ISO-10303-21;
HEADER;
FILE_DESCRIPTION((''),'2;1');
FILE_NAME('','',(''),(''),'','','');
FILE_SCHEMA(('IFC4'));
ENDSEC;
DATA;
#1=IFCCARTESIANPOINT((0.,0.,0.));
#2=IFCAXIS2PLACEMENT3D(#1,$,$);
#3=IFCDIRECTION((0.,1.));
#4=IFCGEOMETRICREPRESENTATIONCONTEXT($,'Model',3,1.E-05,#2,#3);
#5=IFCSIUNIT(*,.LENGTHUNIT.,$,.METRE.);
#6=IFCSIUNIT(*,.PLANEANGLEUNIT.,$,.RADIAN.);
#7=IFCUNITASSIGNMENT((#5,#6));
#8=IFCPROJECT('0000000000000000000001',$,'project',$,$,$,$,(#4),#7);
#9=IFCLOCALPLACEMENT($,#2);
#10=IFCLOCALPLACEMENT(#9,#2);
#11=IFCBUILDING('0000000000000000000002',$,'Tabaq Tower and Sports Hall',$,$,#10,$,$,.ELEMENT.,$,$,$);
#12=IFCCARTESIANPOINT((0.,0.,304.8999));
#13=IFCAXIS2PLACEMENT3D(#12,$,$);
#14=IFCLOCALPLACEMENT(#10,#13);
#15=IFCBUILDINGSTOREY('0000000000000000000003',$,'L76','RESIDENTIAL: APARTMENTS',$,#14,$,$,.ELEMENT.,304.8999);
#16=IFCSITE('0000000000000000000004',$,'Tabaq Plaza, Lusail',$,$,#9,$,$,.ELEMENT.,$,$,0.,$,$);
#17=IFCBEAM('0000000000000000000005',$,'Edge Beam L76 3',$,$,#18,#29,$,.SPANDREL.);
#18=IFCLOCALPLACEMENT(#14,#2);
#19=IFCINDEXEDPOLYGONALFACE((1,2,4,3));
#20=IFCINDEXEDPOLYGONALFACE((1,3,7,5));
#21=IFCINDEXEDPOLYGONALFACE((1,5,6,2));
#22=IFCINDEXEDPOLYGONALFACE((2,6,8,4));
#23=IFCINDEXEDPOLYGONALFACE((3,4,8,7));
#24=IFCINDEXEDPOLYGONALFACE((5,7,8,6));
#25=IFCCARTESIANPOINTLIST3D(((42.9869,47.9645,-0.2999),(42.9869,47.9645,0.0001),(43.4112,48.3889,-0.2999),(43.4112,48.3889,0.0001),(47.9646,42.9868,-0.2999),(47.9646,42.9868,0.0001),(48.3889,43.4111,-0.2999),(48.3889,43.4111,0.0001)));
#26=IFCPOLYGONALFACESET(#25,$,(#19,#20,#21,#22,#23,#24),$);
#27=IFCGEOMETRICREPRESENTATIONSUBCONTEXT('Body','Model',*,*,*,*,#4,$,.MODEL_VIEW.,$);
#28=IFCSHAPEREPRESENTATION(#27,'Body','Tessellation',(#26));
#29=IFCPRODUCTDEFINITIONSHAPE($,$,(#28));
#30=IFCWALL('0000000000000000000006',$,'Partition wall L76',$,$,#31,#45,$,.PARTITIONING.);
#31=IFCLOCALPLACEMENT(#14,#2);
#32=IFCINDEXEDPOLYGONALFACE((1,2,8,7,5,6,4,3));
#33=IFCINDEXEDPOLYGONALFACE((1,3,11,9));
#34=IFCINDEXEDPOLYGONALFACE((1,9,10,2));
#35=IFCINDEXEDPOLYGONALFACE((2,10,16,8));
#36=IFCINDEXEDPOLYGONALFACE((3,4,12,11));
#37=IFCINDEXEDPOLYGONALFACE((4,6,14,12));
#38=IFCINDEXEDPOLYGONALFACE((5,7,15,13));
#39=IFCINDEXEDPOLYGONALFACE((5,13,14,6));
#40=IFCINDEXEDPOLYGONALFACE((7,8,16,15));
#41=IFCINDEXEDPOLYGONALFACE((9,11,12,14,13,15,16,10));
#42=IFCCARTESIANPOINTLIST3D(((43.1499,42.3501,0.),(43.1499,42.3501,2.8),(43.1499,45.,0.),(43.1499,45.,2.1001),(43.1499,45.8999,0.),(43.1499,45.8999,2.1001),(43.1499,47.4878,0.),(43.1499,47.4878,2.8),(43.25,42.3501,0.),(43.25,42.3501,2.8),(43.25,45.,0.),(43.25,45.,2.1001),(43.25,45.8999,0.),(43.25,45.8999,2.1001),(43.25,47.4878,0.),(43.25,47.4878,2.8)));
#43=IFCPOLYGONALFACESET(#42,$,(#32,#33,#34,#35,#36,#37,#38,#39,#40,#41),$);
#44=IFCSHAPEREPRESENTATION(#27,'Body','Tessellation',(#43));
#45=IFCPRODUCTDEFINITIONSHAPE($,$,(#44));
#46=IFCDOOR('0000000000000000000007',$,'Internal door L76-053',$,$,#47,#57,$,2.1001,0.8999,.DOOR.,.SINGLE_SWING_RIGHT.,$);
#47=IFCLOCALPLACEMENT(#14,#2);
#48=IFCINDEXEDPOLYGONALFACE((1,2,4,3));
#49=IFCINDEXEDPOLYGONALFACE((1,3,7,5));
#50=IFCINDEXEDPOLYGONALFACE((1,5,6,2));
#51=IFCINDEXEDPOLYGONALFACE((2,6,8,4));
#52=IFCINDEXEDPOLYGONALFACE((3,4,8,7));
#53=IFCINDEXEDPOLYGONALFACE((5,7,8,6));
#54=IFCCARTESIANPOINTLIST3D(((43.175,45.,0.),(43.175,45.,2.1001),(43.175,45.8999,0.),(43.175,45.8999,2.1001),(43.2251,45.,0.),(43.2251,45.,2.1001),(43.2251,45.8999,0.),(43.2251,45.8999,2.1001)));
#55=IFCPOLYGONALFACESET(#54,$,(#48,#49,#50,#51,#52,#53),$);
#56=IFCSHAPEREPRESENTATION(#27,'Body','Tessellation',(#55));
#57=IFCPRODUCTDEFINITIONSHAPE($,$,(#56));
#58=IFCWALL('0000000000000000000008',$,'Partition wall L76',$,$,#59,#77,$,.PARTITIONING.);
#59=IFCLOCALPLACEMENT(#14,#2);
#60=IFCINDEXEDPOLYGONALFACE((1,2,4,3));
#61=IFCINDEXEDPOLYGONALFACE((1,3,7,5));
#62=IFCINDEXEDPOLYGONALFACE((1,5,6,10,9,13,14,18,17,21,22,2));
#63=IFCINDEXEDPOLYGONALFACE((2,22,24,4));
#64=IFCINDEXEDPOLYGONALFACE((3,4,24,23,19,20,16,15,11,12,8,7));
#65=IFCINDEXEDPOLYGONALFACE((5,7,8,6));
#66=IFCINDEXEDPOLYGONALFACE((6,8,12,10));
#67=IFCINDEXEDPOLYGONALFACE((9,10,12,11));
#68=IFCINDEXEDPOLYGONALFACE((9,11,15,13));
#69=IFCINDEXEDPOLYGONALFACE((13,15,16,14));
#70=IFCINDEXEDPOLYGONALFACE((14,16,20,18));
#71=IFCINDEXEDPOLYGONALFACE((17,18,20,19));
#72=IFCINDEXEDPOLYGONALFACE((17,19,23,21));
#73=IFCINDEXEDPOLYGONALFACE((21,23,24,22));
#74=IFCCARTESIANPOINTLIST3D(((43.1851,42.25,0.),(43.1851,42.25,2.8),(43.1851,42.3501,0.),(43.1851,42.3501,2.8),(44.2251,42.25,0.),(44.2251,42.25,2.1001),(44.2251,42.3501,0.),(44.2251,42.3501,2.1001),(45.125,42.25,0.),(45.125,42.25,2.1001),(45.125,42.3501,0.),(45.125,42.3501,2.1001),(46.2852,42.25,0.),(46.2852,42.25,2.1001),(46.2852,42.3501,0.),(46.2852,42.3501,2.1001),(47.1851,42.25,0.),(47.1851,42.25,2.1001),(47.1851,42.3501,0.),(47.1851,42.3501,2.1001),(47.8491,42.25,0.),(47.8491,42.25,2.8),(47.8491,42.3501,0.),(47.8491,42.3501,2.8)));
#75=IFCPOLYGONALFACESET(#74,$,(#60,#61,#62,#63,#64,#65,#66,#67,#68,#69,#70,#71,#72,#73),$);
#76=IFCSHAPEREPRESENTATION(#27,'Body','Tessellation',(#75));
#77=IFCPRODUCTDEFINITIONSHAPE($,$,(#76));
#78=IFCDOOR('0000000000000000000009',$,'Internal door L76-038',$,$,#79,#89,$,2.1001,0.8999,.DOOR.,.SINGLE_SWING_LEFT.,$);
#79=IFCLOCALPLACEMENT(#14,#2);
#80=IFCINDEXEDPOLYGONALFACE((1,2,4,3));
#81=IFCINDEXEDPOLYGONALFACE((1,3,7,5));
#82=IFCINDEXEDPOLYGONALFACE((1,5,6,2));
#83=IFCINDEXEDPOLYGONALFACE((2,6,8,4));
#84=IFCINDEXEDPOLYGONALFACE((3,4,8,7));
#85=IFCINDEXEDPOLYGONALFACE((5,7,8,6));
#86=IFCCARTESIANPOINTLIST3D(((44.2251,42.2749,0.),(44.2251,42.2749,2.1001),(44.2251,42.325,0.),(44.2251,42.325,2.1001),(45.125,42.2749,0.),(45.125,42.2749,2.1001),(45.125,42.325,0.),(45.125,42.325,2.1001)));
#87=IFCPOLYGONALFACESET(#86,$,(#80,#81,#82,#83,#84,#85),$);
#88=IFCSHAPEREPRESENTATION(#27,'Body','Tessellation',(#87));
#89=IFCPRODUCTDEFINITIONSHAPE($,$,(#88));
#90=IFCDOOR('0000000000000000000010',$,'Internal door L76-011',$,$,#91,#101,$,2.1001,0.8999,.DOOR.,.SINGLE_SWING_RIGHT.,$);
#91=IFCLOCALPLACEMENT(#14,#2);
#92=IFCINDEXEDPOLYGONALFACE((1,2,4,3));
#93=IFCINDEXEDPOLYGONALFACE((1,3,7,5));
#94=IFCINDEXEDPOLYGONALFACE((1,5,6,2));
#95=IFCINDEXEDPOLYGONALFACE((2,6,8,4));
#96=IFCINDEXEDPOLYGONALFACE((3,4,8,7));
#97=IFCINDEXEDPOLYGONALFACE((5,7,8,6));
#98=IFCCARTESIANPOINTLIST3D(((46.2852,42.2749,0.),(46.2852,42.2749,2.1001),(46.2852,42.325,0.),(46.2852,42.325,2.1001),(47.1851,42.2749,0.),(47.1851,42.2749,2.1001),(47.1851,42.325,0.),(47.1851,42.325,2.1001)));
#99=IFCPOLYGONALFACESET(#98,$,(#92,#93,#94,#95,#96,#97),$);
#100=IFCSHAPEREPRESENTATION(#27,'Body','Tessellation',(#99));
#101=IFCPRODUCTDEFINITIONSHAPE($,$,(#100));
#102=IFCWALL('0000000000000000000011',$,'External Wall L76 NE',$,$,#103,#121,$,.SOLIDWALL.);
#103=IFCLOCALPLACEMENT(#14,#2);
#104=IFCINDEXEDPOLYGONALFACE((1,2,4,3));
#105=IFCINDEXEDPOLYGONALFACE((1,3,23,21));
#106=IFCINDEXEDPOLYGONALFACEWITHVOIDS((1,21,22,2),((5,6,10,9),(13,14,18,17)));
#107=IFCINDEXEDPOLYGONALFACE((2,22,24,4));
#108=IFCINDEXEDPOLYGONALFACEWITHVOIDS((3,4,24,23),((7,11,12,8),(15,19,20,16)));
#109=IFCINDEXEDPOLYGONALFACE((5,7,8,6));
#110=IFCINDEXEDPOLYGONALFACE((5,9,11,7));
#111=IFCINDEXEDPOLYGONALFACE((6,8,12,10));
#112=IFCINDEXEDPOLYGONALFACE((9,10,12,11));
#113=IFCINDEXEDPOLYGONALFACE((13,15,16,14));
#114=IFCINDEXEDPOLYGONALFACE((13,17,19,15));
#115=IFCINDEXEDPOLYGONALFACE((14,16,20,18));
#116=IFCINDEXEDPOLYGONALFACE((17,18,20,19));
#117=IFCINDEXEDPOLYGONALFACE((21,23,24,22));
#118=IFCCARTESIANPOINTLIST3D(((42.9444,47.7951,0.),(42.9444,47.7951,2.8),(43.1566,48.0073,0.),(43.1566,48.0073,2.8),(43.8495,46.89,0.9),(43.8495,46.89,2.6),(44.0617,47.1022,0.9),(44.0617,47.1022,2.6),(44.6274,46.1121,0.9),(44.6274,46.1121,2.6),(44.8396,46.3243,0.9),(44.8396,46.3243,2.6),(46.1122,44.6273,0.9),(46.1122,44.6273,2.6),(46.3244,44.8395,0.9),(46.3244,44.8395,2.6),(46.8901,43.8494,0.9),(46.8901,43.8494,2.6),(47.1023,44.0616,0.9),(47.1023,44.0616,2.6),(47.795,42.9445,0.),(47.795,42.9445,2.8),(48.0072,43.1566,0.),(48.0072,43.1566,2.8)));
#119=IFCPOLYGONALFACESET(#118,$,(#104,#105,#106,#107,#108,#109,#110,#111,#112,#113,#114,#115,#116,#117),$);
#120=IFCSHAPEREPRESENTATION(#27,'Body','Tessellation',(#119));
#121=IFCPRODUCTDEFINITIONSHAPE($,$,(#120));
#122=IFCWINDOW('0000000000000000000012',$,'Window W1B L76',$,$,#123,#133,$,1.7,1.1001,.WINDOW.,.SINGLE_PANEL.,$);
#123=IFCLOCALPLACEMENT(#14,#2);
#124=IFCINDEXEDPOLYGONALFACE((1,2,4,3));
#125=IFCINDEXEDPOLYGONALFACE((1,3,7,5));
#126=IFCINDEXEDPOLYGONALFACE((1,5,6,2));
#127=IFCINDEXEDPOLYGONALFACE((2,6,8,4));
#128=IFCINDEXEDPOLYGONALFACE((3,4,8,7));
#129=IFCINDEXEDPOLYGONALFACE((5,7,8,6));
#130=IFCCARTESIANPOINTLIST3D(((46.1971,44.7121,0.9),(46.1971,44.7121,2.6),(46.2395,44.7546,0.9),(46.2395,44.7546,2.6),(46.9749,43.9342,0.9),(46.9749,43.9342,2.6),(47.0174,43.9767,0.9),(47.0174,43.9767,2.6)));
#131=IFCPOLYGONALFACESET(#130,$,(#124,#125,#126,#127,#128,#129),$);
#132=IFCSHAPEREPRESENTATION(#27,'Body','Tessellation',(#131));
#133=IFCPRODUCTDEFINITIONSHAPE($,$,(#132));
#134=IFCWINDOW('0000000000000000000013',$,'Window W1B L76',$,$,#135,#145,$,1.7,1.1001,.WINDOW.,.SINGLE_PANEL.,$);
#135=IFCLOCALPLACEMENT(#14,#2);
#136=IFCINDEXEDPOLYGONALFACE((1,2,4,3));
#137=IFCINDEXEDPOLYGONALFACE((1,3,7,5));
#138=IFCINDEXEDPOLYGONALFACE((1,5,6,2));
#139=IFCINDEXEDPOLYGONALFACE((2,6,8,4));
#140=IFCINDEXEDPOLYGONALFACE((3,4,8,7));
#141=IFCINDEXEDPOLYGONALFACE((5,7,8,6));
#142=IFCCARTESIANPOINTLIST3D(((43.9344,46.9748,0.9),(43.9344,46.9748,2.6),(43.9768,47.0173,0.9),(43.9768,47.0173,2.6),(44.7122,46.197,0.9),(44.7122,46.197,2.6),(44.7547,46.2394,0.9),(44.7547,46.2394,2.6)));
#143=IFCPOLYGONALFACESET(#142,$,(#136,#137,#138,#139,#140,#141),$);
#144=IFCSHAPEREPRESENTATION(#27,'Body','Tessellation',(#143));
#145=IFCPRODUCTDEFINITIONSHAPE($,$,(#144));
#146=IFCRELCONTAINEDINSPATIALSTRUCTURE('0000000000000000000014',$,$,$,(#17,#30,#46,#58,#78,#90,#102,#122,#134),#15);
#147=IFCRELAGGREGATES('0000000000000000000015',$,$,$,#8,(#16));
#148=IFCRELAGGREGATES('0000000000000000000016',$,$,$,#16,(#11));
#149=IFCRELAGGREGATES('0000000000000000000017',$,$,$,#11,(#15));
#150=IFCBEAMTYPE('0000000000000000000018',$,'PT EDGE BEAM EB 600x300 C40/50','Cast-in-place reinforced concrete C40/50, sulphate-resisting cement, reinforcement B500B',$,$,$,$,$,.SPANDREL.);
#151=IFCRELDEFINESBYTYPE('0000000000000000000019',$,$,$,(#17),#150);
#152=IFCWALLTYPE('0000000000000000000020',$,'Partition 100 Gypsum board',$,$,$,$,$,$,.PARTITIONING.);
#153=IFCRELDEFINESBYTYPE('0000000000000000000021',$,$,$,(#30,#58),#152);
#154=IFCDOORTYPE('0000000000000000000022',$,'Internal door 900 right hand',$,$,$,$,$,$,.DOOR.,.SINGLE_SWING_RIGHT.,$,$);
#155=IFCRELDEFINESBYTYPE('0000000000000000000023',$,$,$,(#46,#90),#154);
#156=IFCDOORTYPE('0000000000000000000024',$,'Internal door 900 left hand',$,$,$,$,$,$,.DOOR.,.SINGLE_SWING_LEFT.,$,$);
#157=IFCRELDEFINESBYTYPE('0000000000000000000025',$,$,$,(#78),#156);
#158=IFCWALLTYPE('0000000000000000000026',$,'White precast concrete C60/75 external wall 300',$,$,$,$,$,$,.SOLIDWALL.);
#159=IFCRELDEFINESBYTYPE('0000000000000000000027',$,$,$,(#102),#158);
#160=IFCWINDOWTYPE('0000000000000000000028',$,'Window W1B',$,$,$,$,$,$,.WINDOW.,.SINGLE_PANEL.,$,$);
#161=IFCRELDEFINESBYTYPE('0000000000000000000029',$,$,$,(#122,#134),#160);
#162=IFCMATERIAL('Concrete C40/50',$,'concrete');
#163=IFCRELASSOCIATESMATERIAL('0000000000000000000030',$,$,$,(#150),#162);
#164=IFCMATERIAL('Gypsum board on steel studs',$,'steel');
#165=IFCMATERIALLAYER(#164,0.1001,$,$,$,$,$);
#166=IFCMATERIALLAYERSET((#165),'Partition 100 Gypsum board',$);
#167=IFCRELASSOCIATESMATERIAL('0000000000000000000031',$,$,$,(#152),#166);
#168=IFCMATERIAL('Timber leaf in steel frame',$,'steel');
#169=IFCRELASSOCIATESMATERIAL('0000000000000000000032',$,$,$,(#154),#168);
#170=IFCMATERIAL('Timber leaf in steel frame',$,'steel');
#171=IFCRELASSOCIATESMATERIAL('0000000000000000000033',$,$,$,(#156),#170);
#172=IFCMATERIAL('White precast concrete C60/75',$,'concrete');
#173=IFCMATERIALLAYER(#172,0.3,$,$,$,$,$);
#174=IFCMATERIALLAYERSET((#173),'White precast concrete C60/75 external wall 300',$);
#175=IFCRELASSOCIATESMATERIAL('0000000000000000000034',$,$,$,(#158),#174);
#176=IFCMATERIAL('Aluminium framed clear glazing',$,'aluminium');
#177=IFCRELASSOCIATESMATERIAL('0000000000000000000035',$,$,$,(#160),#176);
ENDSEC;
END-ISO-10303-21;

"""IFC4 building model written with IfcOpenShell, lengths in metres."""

from ifc_helpers import new_model, si_unit, direction, frame, frame_2d, origin, origin_2d, place, context, subcontext, project, spatial, rectangle, extrude, material, layer, layer_set, material_profile, profile_set, type_object, element, fill, save


model = new_model("IFC4")

# Units and contexts
model_context = context("Model", 3, precision=1e-05, world=origin(), true_north=direction((0.0, 1.0)))
body_context = subcontext(model_context, "Body", "Model", "MODEL_VIEW")
ifc_project = project(units=[si_unit("LENGTHUNIT", "METRE"), si_unit("PLANEANGLEUNIT", "RADIAN")], contexts=[model_context])

# Site, building, storey
site_placement = place(None, origin())
site = spatial("IfcSite", under=ifc_project, at=site_placement, Name="Tabaq Plaza, Lusail", CompositionType="ELEMENT", RefElevation=0.0)
building_placement = place(site_placement, origin())
building = spatial("IfcBuilding", under=site, at=building_placement, Name="Tabaq Tower and Sports Hall", CompositionType="ELEMENT")
storey_placement = place(building_placement, frame((0.0, 0.0, 304.8999)))
storey = spatial("IfcBuildingStorey", under=building, at=storey_placement, Name="L76", Description="RESIDENTIAL: APARTMENTS", CompositionType="ELEMENT", Elevation=304.8999)

# Beam
ifc_material_1 = material(Name="Concrete C40/50", Category="concrete")
ifc_material_profile = material_profile(ifc_material_1, rectangle(XDim=0.6001, YDim=0.3, at=origin_2d()), Name="EB 600x300")
ifc_profile_set = profile_set([ifc_material_profile], Name="Concrete C40/50")
beam_type = type_object("IfcBeamType", Name="PT EDGE BEAM EB 600x300 C40/50", Description="Cast-in-place reinforced concrete C40/50, sulphate-resisting cement, reinforcement B500B", PredefinedType="SPANDREL", material=ifc_profile_set)
beam_placement = place(storey_placement, frame((48.1768, 43.199, -0.1499), z_axis=(-0.707107, 0.707107, 0.0), x_axis=(-0.707107, -0.707107, 0.0)))
element("IfcBeam", 1, at=beam_placement, inside=storey, type_object=beam_type, Name="Edge Beam L76 3", PredefinedType="SPANDREL", context=body_context, shape_type="SweptSolid", body=[
    extrude(rectangle(XDim=0.6001, YDim=0.3, at=origin_2d()), origin(), (0.0, 0.0, 1.0), 7.0396),
])

# Wall, opening, door
ifc_material_2 = material(Name="Gypsum board on steel studs", Category="steel")
ifc_layer_1 = layer(ifc_material_2, 0.1001)
ifc_layer_set_1 = layer_set([ifc_layer_1], Name="Partition 100 Gypsum board")
wall_type_1 = type_object("IfcWallType", Name="Partition 100 Gypsum board", PredefinedType="PARTITIONING", material=ifc_layer_set_1)
wall_1_placement = place(storey_placement, frame((43.2, 42.3501, 0.0), z_axis=(0.0, 0.0, 1.0), x_axis=(0.0, 1.0, 0.0)))
wall_1 = element("IfcWall", 2, at=wall_1_placement, inside=storey, type_object=wall_type_1, Name="Partition wall L76", PredefinedType="PARTITIONING", context=body_context, shape_type="SweptSolid", body=[
    extrude(rectangle(XDim=5.1377, YDim=0.1001, at=frame_2d((2.5688, 0.0))), origin(), (0.0, 0.0, 1.0), 2.8),
])
opening_1_placement = place(wall_1_placement, frame((2.6499, 0.0, 0.0)))
opening_1 = element("IfcOpeningElement", 3, at=opening_1_placement, cuts=wall_1, PredefinedType="OPENING", context=body_context, shape_type="SweptSolid", body=[
    extrude(rectangle(XDim=0.8999, YDim=2.1001, at=frame_2d((0.45, 1.05))), frame((0.0, 0.05, 0.0), z_axis=(0.0, -1.0, 0.0), x_axis=(1.0, 0.0, 0.0)), (0.0, 0.0, 1.0), 0.1001),
])
ifc_material_3 = material(Name="Timber leaf in steel frame", Category="steel")
door_type_1 = type_object("IfcDoorType", Name="Internal door 900 right hand", OperationType="SINGLE_SWING_RIGHT", PredefinedType="DOOR", material=ifc_material_3)
door_1_placement = place(opening_1_placement, origin())
door_1 = element("IfcDoor", 4, at=door_1_placement, inside=storey, type_object=door_type_1, Name="Internal door L76-053", OperationType="SINGLE_SWING_RIGHT", OverallHeight=2.1001, OverallWidth=0.8999, PredefinedType="DOOR", context=body_context, shape_type="SweptSolid", body=[
    extrude(rectangle(XDim=0.8999, YDim=2.1001, at=frame_2d((0.45, 1.05))), frame((0.0, 0.0249, 0.0), z_axis=(0.0, -1.0, 0.0), x_axis=(1.0, 0.0, 0.0)), (0.0, 0.0, 1.0), 0.05),
])
fill(opening_1, door_1)

# Wall, openings, doors
wall_2_placement = place(storey_placement, frame((43.1851, 42.3, 0.0), z_axis=(0.0, 0.0, 1.0), x_axis=(1.0, 0.0, 0.0)))
wall_2 = element("IfcWall", 5, at=wall_2_placement, inside=storey, type_object=wall_type_1, Name="Partition wall L76", PredefinedType="PARTITIONING", context=body_context, shape_type="SweptSolid", body=[
    extrude(rectangle(XDim=4.6641, YDim=0.1001, at=frame_2d((2.332, 0.0))), origin(), (0.0, 0.0, 1.0), 2.8),
])
opening_2_placement = place(wall_2_placement, frame((3.1001, 0.0, 0.0)))
opening_2 = element("IfcOpeningElement", 6, at=opening_2_placement, cuts=wall_2, PredefinedType="OPENING", context=body_context, shape_type="SweptSolid", body=[
    extrude(rectangle(XDim=0.8999, YDim=2.1001, at=frame_2d((0.45, 1.05))), frame((0.0, 0.05, 0.0), z_axis=(0.0, -1.0, 0.0), x_axis=(1.0, 0.0, 0.0)), (0.0, 0.0, 1.0), 0.1001),
])
opening_3_placement = place(wall_2_placement, frame((1.04, 0.0, 0.0)))
opening_3 = element("IfcOpeningElement", 7, at=opening_3_placement, cuts=wall_2, PredefinedType="OPENING", context=body_context, shape_type="SweptSolid", body=[
    extrude(rectangle(XDim=0.8999, YDim=2.1001, at=frame_2d((0.45, 1.05))), frame((0.0, 0.05, 0.0), z_axis=(0.0, -1.0, 0.0), x_axis=(1.0, 0.0, 0.0)), (0.0, 0.0, 1.0), 0.1001),
])
ifc_material_4 = material(Name="Timber leaf in steel frame", Category="steel")
door_type_2 = type_object("IfcDoorType", Name="Internal door 900 left hand", OperationType="SINGLE_SWING_LEFT", PredefinedType="DOOR", material=ifc_material_4)
door_2_placement = place(opening_3_placement, origin())
door_2 = element("IfcDoor", 8, at=door_2_placement, inside=storey, type_object=door_type_2, Name="Internal door L76-038", OperationType="SINGLE_SWING_LEFT", OverallHeight=2.1001, OverallWidth=0.8999, PredefinedType="DOOR", context=body_context, shape_type="SweptSolid", body=[
    extrude(rectangle(XDim=0.8999, YDim=2.1001, at=frame_2d((0.45, 1.05))), frame((0.0, 0.0249, 0.0), z_axis=(0.0, -1.0, 0.0), x_axis=(1.0, 0.0, 0.0)), (0.0, 0.0, 1.0), 0.05),
])
fill(opening_3, door_2)
door_3_placement = place(opening_2_placement, origin())
door_3 = element("IfcDoor", 9, at=door_3_placement, inside=storey, type_object=door_type_1, Name="Internal door L76-011", OperationType="SINGLE_SWING_RIGHT", OverallHeight=2.1001, OverallWidth=0.8999, PredefinedType="DOOR", context=body_context, shape_type="SweptSolid", body=[
    extrude(rectangle(XDim=0.8999, YDim=2.1001, at=frame_2d((0.45, 1.05))), frame((0.0, 0.0249, 0.0), z_axis=(0.0, -1.0, 0.0), x_axis=(1.0, 0.0, 0.0)), (0.0, 0.0, 1.0), 0.05),
])
fill(opening_2, door_3)

# Wall, openings, windows
ifc_material_5 = material(Name="White precast concrete C60/75", Category="concrete")
ifc_layer_2 = layer(ifc_material_5, 0.3)
ifc_layer_set_2 = layer_set([ifc_layer_2], Name="White precast concrete C60/75 external wall 300")
wall_type_2 = type_object("IfcWallType", Name="White precast concrete C60/75 external wall 300", PredefinedType="SOLIDWALL", material=ifc_layer_set_2)
wall_3_placement = place(storey_placement, frame((47.9011, 43.0505, 0.0), z_axis=(0.0, 0.0, 1.0), x_axis=(-0.707107, 0.707107, 0.0)))
wall_3 = element("IfcWall", 10, at=wall_3_placement, inside=storey, type_object=wall_type_2, Name="External Wall L76 NE", PredefinedType="SOLIDWALL", context=body_context, shape_type="SweptSolid", body=[
    extrude(rectangle(XDim=6.8599, YDim=0.3, at=frame_2d((3.4299, 0.0))), origin(), (0.0, 0.0, 1.0), 2.8),
])
opening_4_placement = place(wall_3_placement, frame((1.2798, 0.0, 0.8999)))
opening_4 = element("IfcOpeningElement", 11, at=opening_4_placement, cuts=wall_3, PredefinedType="OPENING", context=body_context, shape_type="SweptSolid", body=[
    extrude(rectangle(XDim=1.1001, YDim=1.7, at=frame_2d((0.55, 0.8501))), frame((0.0, 0.1602, 0.0), z_axis=(0.0, -1.0, 0.0), x_axis=(1.0, 0.0, 0.0)), (0.0, 0.0, 1.0), 0.3201),
])
opening_5_placement = place(wall_3_placement, frame((4.4797, 0.0, 0.8999)))
opening_5 = element("IfcOpeningElement", 12, at=opening_5_placement, cuts=wall_3, PredefinedType="OPENING", context=body_context, shape_type="SweptSolid", body=[
    extrude(rectangle(XDim=1.1001, YDim=1.7, at=frame_2d((0.55, 0.8501))), frame((0.0, 0.1602, 0.0), z_axis=(0.0, -1.0, 0.0), x_axis=(1.0, 0.0, 0.0)), (0.0, 0.0, 1.0), 0.3201),
])
ifc_material_6 = material(Name="Aluminium framed clear glazing", Category="aluminium")
window_type_1 = type_object("IfcWindowType", Name="Window W1B", PartitioningType="SINGLE_PANEL", PredefinedType="WINDOW", material=ifc_material_6)
window_1_placement = place(opening_4_placement, origin())
window_1 = element("IfcWindow", 13, at=window_1_placement, inside=storey, type_object=window_type_1, Name="Window W1B L76", OverallHeight=1.7, OverallWidth=1.1001, PartitioningType="SINGLE_PANEL", PredefinedType="WINDOW", context=body_context, shape_type="SweptSolid", body=[
    extrude(rectangle(XDim=1.1001, YDim=1.7, at=frame_2d((0.55, 0.8501))), frame((0.0, 0.03, 0.0), z_axis=(0.0, -1.0, 0.0), x_axis=(1.0, 0.0, 0.0)), (0.0, 0.0, 1.0), 0.0601),
])
fill(opening_4, window_1)
window_2_placement = place(opening_5_placement, origin())
window_2 = element("IfcWindow", 14, at=window_2_placement, inside=storey, type_object=window_type_1, Name="Window W1B L76", OverallHeight=1.7, OverallWidth=1.1001, PartitioningType="SINGLE_PANEL", PredefinedType="WINDOW", context=body_context, shape_type="SweptSolid", body=[
    extrude(rectangle(XDim=1.1001, YDim=1.7, at=frame_2d((0.55, 0.8501))), frame((0.0, 0.03, 0.0), z_axis=(0.0, -1.0, 0.0), x_axis=(1.0, 0.0, 0.0)), (0.0, 0.0, 1.0), 0.0601),
])
fill(opening_5, window_2)

save(model, "model.ifc")
